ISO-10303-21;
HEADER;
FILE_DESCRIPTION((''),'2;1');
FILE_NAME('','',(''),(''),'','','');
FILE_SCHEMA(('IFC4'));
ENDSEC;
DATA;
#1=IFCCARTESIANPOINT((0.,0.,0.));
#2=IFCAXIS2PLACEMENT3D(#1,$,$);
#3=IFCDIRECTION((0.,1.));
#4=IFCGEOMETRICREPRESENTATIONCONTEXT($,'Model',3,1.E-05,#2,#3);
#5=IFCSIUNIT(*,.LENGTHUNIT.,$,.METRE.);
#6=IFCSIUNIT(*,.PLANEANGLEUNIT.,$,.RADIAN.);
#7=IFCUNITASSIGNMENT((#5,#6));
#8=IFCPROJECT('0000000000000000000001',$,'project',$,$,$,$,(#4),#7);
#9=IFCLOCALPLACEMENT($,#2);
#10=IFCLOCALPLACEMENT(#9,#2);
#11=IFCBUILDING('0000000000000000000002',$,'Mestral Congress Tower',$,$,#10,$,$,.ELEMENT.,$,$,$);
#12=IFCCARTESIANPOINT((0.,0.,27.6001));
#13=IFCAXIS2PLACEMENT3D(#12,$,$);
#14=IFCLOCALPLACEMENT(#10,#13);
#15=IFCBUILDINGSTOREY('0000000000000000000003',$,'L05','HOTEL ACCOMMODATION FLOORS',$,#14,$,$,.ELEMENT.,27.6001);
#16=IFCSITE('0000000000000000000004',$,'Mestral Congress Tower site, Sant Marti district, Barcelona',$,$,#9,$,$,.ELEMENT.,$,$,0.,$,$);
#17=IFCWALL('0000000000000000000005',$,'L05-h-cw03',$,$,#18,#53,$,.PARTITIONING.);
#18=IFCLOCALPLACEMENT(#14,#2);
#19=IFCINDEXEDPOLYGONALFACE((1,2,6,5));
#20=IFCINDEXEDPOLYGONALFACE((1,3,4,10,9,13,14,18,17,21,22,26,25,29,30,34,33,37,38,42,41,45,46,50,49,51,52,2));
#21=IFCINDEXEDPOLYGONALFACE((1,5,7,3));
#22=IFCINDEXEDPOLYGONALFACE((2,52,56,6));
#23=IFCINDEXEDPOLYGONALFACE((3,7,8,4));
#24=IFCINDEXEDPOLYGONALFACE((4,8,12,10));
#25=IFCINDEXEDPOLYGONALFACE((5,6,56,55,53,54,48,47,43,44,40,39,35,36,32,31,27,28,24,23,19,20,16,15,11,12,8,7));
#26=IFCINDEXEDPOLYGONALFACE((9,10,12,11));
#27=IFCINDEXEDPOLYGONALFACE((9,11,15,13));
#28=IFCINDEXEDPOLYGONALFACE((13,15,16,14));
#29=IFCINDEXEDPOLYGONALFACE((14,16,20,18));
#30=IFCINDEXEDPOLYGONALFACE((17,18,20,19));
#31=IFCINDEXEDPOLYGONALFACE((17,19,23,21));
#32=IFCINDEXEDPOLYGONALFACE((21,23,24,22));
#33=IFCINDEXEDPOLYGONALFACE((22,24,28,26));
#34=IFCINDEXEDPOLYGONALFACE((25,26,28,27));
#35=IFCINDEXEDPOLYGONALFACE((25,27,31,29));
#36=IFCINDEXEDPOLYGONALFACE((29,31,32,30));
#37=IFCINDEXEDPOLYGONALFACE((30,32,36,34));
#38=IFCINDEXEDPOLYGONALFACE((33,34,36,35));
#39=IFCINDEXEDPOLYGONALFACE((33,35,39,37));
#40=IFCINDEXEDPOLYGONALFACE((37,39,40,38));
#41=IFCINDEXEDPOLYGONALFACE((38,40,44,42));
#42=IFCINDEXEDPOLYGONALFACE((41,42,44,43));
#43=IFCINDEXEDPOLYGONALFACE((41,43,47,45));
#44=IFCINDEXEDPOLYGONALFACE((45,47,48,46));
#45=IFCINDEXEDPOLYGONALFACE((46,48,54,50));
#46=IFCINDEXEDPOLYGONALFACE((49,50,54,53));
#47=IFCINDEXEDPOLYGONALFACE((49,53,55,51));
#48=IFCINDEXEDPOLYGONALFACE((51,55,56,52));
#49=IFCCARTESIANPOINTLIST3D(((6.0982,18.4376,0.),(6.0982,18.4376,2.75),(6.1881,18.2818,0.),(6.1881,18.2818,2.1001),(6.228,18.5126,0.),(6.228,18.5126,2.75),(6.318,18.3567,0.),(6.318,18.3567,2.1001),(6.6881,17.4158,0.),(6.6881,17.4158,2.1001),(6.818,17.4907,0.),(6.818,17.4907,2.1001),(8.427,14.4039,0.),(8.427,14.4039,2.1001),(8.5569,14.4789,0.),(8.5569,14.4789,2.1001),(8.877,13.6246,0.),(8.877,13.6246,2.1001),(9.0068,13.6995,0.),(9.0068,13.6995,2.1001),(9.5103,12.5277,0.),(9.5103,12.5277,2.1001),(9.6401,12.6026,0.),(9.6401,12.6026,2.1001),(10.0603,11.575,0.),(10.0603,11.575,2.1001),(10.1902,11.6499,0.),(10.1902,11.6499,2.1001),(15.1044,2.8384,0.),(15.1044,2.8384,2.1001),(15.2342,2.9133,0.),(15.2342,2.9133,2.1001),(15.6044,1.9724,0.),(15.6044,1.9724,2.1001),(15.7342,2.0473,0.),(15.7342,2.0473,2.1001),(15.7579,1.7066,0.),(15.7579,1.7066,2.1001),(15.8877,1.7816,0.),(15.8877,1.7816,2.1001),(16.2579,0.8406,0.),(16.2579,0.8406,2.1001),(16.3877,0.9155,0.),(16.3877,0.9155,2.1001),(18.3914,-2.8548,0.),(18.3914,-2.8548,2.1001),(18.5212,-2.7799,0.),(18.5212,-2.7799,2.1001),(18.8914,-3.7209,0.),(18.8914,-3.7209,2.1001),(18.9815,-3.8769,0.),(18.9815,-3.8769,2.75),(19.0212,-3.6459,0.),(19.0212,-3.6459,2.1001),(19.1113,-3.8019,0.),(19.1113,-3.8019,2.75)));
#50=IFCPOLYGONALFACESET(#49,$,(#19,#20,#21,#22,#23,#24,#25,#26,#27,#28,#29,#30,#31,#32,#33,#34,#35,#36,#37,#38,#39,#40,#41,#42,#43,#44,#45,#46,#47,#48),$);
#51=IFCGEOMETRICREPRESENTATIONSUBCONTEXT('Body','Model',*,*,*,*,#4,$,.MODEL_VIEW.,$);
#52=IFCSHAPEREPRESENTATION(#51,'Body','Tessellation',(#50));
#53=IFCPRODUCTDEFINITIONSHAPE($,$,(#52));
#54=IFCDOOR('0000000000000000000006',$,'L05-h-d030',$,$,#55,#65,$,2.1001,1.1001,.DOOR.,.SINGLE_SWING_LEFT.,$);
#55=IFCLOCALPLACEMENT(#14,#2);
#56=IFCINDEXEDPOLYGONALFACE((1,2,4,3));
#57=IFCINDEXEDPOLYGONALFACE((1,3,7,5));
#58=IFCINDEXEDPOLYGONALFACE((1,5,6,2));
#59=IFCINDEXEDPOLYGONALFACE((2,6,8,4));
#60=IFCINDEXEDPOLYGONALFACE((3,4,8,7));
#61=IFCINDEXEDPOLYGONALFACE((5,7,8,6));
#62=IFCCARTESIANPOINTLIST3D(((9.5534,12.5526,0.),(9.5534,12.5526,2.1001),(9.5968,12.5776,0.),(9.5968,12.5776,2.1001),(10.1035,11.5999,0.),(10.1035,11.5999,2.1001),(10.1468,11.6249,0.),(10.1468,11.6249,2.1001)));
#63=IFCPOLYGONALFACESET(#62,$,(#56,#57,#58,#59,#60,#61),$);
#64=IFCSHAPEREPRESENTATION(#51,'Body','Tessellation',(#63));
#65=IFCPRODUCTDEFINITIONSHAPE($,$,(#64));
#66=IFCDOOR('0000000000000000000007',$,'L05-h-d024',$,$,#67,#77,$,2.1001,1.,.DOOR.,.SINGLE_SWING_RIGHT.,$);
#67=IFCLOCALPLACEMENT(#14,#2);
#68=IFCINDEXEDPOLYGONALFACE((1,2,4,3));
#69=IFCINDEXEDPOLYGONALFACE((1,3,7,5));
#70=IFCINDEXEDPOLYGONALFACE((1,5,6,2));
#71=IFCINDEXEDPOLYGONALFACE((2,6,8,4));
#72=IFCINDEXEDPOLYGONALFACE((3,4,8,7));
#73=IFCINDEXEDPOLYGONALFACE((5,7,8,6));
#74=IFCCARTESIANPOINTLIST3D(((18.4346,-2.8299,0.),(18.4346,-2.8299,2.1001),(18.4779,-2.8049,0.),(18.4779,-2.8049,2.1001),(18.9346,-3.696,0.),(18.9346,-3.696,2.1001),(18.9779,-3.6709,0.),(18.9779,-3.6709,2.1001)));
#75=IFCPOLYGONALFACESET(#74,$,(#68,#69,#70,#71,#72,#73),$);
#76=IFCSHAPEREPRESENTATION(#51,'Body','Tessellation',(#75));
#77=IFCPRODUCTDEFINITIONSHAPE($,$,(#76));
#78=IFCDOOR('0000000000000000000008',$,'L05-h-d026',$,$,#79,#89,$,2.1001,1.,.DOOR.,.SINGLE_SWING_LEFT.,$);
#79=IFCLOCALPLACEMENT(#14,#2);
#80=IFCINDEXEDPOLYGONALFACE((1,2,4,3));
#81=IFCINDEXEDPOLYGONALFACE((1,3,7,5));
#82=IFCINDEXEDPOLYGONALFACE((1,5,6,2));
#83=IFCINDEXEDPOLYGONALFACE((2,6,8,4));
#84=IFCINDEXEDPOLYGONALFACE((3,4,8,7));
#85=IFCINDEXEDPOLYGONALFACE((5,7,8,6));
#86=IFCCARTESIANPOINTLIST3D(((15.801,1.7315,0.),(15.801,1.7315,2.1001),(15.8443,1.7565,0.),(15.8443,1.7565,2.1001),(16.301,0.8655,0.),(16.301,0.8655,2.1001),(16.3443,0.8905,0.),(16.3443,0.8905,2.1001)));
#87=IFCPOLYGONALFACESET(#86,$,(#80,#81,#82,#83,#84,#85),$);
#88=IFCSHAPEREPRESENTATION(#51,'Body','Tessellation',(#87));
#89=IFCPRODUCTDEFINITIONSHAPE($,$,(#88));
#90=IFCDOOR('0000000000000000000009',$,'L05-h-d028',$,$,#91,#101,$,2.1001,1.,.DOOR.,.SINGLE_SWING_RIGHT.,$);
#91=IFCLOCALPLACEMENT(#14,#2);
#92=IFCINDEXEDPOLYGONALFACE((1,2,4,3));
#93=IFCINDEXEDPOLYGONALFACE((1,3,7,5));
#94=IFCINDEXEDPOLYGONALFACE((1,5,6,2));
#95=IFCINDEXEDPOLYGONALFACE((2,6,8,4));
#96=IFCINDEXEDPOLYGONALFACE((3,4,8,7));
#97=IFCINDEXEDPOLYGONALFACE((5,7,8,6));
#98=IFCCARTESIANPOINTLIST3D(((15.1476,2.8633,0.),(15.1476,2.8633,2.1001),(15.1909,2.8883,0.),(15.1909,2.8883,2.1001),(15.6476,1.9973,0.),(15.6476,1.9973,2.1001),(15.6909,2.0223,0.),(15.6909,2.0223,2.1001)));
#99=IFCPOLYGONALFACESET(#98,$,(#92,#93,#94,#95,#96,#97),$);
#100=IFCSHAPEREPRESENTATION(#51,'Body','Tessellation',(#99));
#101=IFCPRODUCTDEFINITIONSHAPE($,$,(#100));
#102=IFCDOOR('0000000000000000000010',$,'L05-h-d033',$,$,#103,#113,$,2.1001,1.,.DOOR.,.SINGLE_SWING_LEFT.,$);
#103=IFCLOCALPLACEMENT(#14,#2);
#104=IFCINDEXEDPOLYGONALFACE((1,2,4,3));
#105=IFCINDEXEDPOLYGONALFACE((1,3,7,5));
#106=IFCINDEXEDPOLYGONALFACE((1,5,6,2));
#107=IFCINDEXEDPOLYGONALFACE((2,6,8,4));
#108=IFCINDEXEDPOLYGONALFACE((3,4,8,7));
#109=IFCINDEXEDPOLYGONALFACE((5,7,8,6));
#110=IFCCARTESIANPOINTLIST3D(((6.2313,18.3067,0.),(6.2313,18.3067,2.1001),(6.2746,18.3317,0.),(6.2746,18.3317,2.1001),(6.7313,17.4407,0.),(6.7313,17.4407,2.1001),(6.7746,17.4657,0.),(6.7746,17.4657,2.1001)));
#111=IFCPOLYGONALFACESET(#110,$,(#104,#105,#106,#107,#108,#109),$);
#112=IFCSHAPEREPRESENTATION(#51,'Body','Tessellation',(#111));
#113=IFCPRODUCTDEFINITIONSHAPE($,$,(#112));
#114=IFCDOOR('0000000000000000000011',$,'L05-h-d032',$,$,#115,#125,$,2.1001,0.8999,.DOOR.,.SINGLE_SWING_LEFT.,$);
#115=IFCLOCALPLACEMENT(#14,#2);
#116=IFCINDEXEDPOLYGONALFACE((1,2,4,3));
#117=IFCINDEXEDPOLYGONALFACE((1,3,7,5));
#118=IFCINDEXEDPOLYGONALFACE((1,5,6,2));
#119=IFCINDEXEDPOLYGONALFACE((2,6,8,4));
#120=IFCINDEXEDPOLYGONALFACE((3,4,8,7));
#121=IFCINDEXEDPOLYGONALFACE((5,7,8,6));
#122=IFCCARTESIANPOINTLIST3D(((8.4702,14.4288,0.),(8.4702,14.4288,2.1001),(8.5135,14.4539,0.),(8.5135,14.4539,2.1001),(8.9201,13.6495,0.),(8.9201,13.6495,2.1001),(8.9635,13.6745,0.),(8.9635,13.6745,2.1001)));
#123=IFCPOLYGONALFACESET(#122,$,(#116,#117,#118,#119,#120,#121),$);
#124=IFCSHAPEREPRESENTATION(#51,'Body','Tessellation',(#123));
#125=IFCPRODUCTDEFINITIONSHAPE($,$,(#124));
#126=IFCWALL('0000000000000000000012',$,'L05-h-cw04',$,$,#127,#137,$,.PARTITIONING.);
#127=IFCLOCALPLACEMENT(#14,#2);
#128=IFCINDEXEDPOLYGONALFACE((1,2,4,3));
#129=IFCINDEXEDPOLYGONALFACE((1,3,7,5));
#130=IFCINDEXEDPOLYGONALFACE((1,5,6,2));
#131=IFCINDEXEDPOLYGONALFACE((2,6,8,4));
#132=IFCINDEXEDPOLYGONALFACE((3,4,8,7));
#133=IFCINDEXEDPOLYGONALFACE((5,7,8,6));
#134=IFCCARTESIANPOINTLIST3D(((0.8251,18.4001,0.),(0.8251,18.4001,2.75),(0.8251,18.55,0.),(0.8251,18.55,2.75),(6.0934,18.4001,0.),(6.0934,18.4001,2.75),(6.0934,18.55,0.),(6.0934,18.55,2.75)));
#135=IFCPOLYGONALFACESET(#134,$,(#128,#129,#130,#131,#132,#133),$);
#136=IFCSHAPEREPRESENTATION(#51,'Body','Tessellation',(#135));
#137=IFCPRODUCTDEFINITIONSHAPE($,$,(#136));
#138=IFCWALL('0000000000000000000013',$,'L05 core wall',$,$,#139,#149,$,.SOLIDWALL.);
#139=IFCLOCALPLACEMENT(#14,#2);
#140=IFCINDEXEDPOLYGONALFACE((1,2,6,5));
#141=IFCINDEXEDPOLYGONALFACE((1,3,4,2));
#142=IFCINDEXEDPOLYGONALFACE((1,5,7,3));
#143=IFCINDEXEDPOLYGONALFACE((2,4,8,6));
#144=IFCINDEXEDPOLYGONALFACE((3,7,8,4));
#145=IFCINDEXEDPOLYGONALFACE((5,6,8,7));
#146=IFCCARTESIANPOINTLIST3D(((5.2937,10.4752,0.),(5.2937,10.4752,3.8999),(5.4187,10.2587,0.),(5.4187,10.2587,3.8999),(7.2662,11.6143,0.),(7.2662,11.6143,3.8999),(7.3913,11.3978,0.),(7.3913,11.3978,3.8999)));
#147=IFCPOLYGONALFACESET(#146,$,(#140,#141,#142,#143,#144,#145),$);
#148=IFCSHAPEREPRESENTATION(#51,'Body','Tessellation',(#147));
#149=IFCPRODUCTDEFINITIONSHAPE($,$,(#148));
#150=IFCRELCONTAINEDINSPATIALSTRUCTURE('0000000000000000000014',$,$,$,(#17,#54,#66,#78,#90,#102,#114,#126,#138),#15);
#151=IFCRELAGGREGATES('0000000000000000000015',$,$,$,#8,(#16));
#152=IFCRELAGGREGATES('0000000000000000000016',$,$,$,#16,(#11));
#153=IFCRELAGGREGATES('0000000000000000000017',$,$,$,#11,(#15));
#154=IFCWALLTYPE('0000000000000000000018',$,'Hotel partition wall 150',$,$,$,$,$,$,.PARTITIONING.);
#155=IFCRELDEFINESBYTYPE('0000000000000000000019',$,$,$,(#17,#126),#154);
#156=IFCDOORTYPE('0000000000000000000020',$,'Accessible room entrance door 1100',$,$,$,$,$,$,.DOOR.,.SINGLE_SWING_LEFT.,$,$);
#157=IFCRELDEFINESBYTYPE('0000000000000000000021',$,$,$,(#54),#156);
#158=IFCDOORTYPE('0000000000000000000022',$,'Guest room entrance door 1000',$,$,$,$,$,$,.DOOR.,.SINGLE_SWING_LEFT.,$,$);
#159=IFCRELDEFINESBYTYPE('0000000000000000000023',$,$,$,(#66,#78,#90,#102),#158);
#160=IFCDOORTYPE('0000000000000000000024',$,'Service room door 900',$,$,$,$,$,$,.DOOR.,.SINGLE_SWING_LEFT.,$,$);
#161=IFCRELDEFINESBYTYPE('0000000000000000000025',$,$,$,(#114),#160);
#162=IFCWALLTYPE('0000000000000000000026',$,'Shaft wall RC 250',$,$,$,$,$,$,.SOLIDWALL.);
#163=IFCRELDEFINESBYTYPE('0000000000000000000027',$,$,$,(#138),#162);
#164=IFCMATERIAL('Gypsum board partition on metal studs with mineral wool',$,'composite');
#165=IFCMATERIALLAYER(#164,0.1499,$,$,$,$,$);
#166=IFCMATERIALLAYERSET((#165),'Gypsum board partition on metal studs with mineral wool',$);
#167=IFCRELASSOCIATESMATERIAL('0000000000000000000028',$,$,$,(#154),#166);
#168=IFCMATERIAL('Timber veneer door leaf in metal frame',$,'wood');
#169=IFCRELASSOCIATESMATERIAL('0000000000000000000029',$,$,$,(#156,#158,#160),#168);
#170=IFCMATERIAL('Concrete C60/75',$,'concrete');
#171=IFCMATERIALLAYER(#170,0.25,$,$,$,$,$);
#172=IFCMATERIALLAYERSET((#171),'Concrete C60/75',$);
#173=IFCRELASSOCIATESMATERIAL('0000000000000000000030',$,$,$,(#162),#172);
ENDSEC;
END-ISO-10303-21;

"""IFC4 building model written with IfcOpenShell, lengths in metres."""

from ifc_helpers import new_model, si_unit, direction, frame, frame_2d, origin, place, context, subcontext, project, spatial, rectangle, extrude, material, layer, layer_set, type_object, element, fill, save


model = new_model("IFC4")

# Units and contexts
model_context = context("Model", 3, precision=1e-05, world=origin(), true_north=direction((0.0, 1.0)))
body_context = subcontext(model_context, "Body", "Model", "MODEL_VIEW")
ifc_project = project(units=[si_unit("LENGTHUNIT", "METRE"), si_unit("PLANEANGLEUNIT", "RADIAN")], contexts=[model_context])

# Site, building, storey
site_placement = place(None, origin())
site = spatial("IfcSite", under=ifc_project, at=site_placement, Name="Mestral Congress Tower site, Sant Marti district, Barcelona", CompositionType="ELEMENT", RefElevation=0.0)
building_placement = place(site_placement, origin())
building = spatial("IfcBuilding", under=site, at=building_placement, Name="Mestral Congress Tower", CompositionType="ELEMENT")
storey_placement = place(building_placement, frame((0.0, 0.0, 27.6001)))
storey = spatial("IfcBuildingStorey", under=building, at=storey_placement, Name="L05", Description="HOTEL ACCOMMODATION FLOORS", CompositionType="ELEMENT", Elevation=27.6001)

# Shared definitions
ifc_material_1 = material(Name="Concrete C60/75", Category="concrete")

# Shared definitions
ifc_material_2 = material(Name="Gypsum board partition on metal studs with mineral wool", Category="composite")

# Wall, openings, doors
ifc_layer_1 = layer(ifc_material_2, 0.1499)
ifc_layer_set_1 = layer_set([ifc_layer_1], Name="Gypsum board partition on metal studs with mineral wool")
wall_type_1 = type_object("IfcWallType", Name="Hotel partition wall 150", PredefinedType="PARTITIONING", material=ifc_layer_set_1)
wall_1_placement = place(storey_placement, frame((6.1631, 18.4751, 0.0), z_axis=(0.0, 0.0, 1.0), x_axis=(0.500001, -0.866025, 0.0)))
wall_1 = element("IfcWall", 1, at=wall_1_placement, inside=storey, type_object=wall_type_1, Name="L05-h-cw03", PredefinedType="PARTITIONING", context=body_context, shape_type="SweptSolid", body=[
    extrude(rectangle(XDim=25.7666, YDim=0.1499, at=frame_2d((12.8833, 0.0))), origin(), (0.0, 0.0, 1.0), 2.75),
])
opening_1_placement = place(wall_1_placement, frame((24.5864, 0.0, 0.0)))
opening_1 = element("IfcOpeningElement", 2, at=opening_1_placement, cuts=wall_1, PredefinedType="OPENING", context=body_context, shape_type="SweptSolid", body=[
    extrude(rectangle(XDim=1.0, YDim=2.1001, at=frame_2d((0.5, 1.05))), frame((0.0, 0.085, 0.0), z_axis=(0.0, -1.0, 0.0), x_axis=(1.0, 0.0, 0.0)), (0.0, 0.0, 1.0), 0.1699),
])
opening_2_placement = place(wall_1_placement, frame((19.3193, 0.0, 0.0)))
opening_2 = element("IfcOpeningElement", 3, at=opening_2_placement, cuts=wall_1, PredefinedType="OPENING", context=body_context, shape_type="SweptSolid", body=[
    extrude(rectangle(XDim=1.0, YDim=2.1001, at=frame_2d((0.5, 1.05))), frame((0.0, 0.085, 0.0), z_axis=(0.0, -1.0, 0.0), x_axis=(1.0, 0.0, 0.0)), (0.0, 0.0, 1.0), 0.1699),
])
opening_3_placement = place(wall_1_placement, frame((18.0125, 0.0, 0.0)))
opening_3 = element("IfcOpeningElement", 4, at=opening_3_placement, cuts=wall_1, PredefinedType="OPENING", context=body_context, shape_type="SweptSolid", body=[
    extrude(rectangle(XDim=1.0, YDim=2.1001, at=frame_2d((0.5, 1.05))), frame((0.0, 0.085, 0.0), z_axis=(0.0, -1.0, 0.0), x_axis=(1.0, 0.0, 0.0)), (0.0, 0.0, 1.0), 0.1699),
])
opening_4_placement = place(wall_1_placement, frame((6.8242, 0.0, 0.0)))
opening_4 = element("IfcOpeningElement", 5, at=opening_4_placement, cuts=wall_1, PredefinedType="OPENING", context=body_context, shape_type="SweptSolid", body=[
    extrude(rectangle(XDim=1.1001, YDim=2.1001, at=frame_2d((0.55, 1.05))), frame((0.0, 0.085, 0.0), z_axis=(0.0, -1.0, 0.0), x_axis=(1.0, 0.0, 0.0)), (0.0, 0.0, 1.0), 0.1699),
])
opening_5_placement = place(wall_1_placement, frame((4.6577, 0.0, 0.0)))
opening_5 = element("IfcOpeningElement", 6, at=opening_5_placement, cuts=wall_1, PredefinedType="OPENING", context=body_context, shape_type="SweptSolid", body=[
    extrude(rectangle(XDim=0.8999, YDim=2.1001, at=frame_2d((0.45, 1.05))), frame((0.0, 0.085, 0.0), z_axis=(0.0, -1.0, 0.0), x_axis=(1.0, 0.0, 0.0)), (0.0, 0.0, 1.0), 0.1699),
])
opening_6_placement = place(wall_1_placement, frame((0.1799, 0.0, 0.0)))
opening_6 = element("IfcOpeningElement", 7, at=opening_6_placement, cuts=wall_1, PredefinedType="OPENING", context=body_context, shape_type="SweptSolid", body=[
    extrude(rectangle(XDim=1.0, YDim=2.1001, at=frame_2d((0.5, 1.05))), frame((0.0, 0.085, 0.0), z_axis=(0.0, -1.0, 0.0), x_axis=(1.0, 0.0, 0.0)), (0.0, 0.0, 1.0), 0.1699),
])
ifc_material_3 = material(Name="Timber veneer door leaf in metal frame", Category="wood")
door_type_1 = type_object("IfcDoorType", Name="Accessible room entrance door 1100", OperationType="SINGLE_SWING_LEFT", PredefinedType="DOOR", material=ifc_material_3)
door_1_placement = place(opening_4_placement, origin())
door_1 = element("IfcDoor", 8, at=door_1_placement, inside=storey, type_object=door_type_1, Name="L05-h-d030", OperationType="SINGLE_SWING_LEFT", OverallHeight=2.1001, OverallWidth=1.1001, PredefinedType="DOOR", context=body_context, shape_type="SweptSolid", body=[
    extrude(rectangle(XDim=1.1001, YDim=2.1001, at=frame_2d((0.55, 1.05))), frame((0.0, 0.0249, 0.0), z_axis=(0.0, -1.0, 0.0), x_axis=(1.0, 0.0, 0.0)), (0.0, 0.0, 1.0), 0.05),
])
fill(opening_4, door_1)
door_type_2 = type_object("IfcDoorType", Name="Guest room entrance door 1000", OperationType="SINGLE_SWING_LEFT", PredefinedType="DOOR", material=ifc_material_3)
door_2_placement = place(opening_1_placement, origin())
door_2 = element("IfcDoor", 9, at=door_2_placement, inside=storey, type_object=door_type_2, Name="L05-h-d024", OperationType="SINGLE_SWING_RIGHT", OverallHeight=2.1001, OverallWidth=1.0, PredefinedType="DOOR", context=body_context, shape_type="SweptSolid", body=[
    extrude(rectangle(XDim=1.0, YDim=2.1001, at=frame_2d((0.5, 1.05))), frame((0.0, 0.0249, 0.0), z_axis=(0.0, -1.0, 0.0), x_axis=(1.0, 0.0, 0.0)), (0.0, 0.0, 1.0), 0.05),
])
fill(opening_1, door_2)
door_3_placement = place(opening_2_placement, origin())
door_3 = element("IfcDoor", 10, at=door_3_placement, inside=storey, type_object=door_type_2, Name="L05-h-d026", OperationType="SINGLE_SWING_LEFT", OverallHeight=2.1001, OverallWidth=1.0, PredefinedType="DOOR", context=body_context, shape_type="SweptSolid", body=[
    extrude(rectangle(XDim=1.0, YDim=2.1001, at=frame_2d((0.5, 1.05))), frame((0.0, 0.0249, 0.0), z_axis=(0.0, -1.0, 0.0), x_axis=(1.0, 0.0, 0.0)), (0.0, 0.0, 1.0), 0.05),
])
fill(opening_2, door_3)
door_4_placement = place(opening_3_placement, origin())
door_4 = element("IfcDoor", 11, at=door_4_placement, inside=storey, type_object=door_type_2, Name="L05-h-d028", OperationType="SINGLE_SWING_RIGHT", OverallHeight=2.1001, OverallWidth=1.0, PredefinedType="DOOR", context=body_context, shape_type="SweptSolid", body=[
    extrude(rectangle(XDim=1.0, YDim=2.1001, at=frame_2d((0.5, 1.05))), frame((0.0, 0.0249, 0.0), z_axis=(0.0, -1.0, 0.0), x_axis=(1.0, 0.0, 0.0)), (0.0, 0.0, 1.0), 0.05),
])
fill(opening_3, door_4)
door_5_placement = place(opening_6_placement, origin())
door_5 = element("IfcDoor", 12, at=door_5_placement, inside=storey, type_object=door_type_2, Name="L05-h-d033", OperationType="SINGLE_SWING_LEFT", OverallHeight=2.1001, OverallWidth=1.0, PredefinedType="DOOR", context=body_context, shape_type="SweptSolid", body=[
    extrude(rectangle(XDim=1.0, YDim=2.1001, at=frame_2d((0.5, 1.05))), frame((0.0, 0.0249, 0.0), z_axis=(0.0, -1.0, 0.0), x_axis=(1.0, 0.0, 0.0)), (0.0, 0.0, 1.0), 0.05),
])
fill(opening_6, door_5)
door_type_3 = type_object("IfcDoorType", Name="Service room door 900", OperationType="SINGLE_SWING_LEFT", PredefinedType="DOOR", material=ifc_material_3)
door_6_placement = place(opening_5_placement, origin())
door_6 = element("IfcDoor", 13, at=door_6_placement, inside=storey, type_object=door_type_3, Name="L05-h-d032", OperationType="SINGLE_SWING_LEFT", OverallHeight=2.1001, OverallWidth=0.8999, PredefinedType="DOOR", context=body_context, shape_type="SweptSolid", body=[
    extrude(rectangle(XDim=0.8999, YDim=2.1001, at=frame_2d((0.45, 1.05))), frame((0.0, 0.0249, 0.0), z_axis=(0.0, -1.0, 0.0), x_axis=(1.0, 0.0, 0.0)), (0.0, 0.0, 1.0), 0.05),
])
fill(opening_5, door_6)

# Walls
wall_2_placement = place(storey_placement, frame((0.825, 18.4751, 0.0), z_axis=(0.0, 0.0, 1.0), x_axis=(1.0, 0.0, 0.0)))
element("IfcWall", 14, at=wall_2_placement, inside=storey, type_object=wall_type_1, Name="L05-h-cw04", PredefinedType="PARTITIONING", context=body_context, shape_type="SweptSolid", body=[
    extrude(rectangle(XDim=5.2683, YDim=0.1499, at=frame_2d((2.6343, 0.0))), origin(), (0.0, 0.0, 1.0), 2.75),
])
ifc_layer_2 = layer(ifc_material_1, 0.25)
ifc_layer_set_2 = layer_set([ifc_layer_2], Name="Concrete C60/75")
wall_type_2 = type_object("IfcWallType", Name="Shaft wall RC 250", PredefinedType="SOLIDWALL", material=ifc_layer_set_2)
wall_3_placement = place(storey_placement, frame((5.3562, 10.3669, 0.0), z_axis=(0.0, 0.0, 1.0), x_axis=(0.865979, 0.500081, 0.0)))
element("IfcWall", 15, at=wall_3_placement, inside=storey, type_object=wall_type_2, Name="L05 core wall", PredefinedType="SOLIDWALL", context=body_context, shape_type="SweptSolid", body=[
    extrude(rectangle(XDim=2.2778, YDim=0.25, at=frame_2d((1.1389, 0.0))), origin(), (0.0, 0.0, 1.0), 3.8999),
])

save(model, "model.ifc")
